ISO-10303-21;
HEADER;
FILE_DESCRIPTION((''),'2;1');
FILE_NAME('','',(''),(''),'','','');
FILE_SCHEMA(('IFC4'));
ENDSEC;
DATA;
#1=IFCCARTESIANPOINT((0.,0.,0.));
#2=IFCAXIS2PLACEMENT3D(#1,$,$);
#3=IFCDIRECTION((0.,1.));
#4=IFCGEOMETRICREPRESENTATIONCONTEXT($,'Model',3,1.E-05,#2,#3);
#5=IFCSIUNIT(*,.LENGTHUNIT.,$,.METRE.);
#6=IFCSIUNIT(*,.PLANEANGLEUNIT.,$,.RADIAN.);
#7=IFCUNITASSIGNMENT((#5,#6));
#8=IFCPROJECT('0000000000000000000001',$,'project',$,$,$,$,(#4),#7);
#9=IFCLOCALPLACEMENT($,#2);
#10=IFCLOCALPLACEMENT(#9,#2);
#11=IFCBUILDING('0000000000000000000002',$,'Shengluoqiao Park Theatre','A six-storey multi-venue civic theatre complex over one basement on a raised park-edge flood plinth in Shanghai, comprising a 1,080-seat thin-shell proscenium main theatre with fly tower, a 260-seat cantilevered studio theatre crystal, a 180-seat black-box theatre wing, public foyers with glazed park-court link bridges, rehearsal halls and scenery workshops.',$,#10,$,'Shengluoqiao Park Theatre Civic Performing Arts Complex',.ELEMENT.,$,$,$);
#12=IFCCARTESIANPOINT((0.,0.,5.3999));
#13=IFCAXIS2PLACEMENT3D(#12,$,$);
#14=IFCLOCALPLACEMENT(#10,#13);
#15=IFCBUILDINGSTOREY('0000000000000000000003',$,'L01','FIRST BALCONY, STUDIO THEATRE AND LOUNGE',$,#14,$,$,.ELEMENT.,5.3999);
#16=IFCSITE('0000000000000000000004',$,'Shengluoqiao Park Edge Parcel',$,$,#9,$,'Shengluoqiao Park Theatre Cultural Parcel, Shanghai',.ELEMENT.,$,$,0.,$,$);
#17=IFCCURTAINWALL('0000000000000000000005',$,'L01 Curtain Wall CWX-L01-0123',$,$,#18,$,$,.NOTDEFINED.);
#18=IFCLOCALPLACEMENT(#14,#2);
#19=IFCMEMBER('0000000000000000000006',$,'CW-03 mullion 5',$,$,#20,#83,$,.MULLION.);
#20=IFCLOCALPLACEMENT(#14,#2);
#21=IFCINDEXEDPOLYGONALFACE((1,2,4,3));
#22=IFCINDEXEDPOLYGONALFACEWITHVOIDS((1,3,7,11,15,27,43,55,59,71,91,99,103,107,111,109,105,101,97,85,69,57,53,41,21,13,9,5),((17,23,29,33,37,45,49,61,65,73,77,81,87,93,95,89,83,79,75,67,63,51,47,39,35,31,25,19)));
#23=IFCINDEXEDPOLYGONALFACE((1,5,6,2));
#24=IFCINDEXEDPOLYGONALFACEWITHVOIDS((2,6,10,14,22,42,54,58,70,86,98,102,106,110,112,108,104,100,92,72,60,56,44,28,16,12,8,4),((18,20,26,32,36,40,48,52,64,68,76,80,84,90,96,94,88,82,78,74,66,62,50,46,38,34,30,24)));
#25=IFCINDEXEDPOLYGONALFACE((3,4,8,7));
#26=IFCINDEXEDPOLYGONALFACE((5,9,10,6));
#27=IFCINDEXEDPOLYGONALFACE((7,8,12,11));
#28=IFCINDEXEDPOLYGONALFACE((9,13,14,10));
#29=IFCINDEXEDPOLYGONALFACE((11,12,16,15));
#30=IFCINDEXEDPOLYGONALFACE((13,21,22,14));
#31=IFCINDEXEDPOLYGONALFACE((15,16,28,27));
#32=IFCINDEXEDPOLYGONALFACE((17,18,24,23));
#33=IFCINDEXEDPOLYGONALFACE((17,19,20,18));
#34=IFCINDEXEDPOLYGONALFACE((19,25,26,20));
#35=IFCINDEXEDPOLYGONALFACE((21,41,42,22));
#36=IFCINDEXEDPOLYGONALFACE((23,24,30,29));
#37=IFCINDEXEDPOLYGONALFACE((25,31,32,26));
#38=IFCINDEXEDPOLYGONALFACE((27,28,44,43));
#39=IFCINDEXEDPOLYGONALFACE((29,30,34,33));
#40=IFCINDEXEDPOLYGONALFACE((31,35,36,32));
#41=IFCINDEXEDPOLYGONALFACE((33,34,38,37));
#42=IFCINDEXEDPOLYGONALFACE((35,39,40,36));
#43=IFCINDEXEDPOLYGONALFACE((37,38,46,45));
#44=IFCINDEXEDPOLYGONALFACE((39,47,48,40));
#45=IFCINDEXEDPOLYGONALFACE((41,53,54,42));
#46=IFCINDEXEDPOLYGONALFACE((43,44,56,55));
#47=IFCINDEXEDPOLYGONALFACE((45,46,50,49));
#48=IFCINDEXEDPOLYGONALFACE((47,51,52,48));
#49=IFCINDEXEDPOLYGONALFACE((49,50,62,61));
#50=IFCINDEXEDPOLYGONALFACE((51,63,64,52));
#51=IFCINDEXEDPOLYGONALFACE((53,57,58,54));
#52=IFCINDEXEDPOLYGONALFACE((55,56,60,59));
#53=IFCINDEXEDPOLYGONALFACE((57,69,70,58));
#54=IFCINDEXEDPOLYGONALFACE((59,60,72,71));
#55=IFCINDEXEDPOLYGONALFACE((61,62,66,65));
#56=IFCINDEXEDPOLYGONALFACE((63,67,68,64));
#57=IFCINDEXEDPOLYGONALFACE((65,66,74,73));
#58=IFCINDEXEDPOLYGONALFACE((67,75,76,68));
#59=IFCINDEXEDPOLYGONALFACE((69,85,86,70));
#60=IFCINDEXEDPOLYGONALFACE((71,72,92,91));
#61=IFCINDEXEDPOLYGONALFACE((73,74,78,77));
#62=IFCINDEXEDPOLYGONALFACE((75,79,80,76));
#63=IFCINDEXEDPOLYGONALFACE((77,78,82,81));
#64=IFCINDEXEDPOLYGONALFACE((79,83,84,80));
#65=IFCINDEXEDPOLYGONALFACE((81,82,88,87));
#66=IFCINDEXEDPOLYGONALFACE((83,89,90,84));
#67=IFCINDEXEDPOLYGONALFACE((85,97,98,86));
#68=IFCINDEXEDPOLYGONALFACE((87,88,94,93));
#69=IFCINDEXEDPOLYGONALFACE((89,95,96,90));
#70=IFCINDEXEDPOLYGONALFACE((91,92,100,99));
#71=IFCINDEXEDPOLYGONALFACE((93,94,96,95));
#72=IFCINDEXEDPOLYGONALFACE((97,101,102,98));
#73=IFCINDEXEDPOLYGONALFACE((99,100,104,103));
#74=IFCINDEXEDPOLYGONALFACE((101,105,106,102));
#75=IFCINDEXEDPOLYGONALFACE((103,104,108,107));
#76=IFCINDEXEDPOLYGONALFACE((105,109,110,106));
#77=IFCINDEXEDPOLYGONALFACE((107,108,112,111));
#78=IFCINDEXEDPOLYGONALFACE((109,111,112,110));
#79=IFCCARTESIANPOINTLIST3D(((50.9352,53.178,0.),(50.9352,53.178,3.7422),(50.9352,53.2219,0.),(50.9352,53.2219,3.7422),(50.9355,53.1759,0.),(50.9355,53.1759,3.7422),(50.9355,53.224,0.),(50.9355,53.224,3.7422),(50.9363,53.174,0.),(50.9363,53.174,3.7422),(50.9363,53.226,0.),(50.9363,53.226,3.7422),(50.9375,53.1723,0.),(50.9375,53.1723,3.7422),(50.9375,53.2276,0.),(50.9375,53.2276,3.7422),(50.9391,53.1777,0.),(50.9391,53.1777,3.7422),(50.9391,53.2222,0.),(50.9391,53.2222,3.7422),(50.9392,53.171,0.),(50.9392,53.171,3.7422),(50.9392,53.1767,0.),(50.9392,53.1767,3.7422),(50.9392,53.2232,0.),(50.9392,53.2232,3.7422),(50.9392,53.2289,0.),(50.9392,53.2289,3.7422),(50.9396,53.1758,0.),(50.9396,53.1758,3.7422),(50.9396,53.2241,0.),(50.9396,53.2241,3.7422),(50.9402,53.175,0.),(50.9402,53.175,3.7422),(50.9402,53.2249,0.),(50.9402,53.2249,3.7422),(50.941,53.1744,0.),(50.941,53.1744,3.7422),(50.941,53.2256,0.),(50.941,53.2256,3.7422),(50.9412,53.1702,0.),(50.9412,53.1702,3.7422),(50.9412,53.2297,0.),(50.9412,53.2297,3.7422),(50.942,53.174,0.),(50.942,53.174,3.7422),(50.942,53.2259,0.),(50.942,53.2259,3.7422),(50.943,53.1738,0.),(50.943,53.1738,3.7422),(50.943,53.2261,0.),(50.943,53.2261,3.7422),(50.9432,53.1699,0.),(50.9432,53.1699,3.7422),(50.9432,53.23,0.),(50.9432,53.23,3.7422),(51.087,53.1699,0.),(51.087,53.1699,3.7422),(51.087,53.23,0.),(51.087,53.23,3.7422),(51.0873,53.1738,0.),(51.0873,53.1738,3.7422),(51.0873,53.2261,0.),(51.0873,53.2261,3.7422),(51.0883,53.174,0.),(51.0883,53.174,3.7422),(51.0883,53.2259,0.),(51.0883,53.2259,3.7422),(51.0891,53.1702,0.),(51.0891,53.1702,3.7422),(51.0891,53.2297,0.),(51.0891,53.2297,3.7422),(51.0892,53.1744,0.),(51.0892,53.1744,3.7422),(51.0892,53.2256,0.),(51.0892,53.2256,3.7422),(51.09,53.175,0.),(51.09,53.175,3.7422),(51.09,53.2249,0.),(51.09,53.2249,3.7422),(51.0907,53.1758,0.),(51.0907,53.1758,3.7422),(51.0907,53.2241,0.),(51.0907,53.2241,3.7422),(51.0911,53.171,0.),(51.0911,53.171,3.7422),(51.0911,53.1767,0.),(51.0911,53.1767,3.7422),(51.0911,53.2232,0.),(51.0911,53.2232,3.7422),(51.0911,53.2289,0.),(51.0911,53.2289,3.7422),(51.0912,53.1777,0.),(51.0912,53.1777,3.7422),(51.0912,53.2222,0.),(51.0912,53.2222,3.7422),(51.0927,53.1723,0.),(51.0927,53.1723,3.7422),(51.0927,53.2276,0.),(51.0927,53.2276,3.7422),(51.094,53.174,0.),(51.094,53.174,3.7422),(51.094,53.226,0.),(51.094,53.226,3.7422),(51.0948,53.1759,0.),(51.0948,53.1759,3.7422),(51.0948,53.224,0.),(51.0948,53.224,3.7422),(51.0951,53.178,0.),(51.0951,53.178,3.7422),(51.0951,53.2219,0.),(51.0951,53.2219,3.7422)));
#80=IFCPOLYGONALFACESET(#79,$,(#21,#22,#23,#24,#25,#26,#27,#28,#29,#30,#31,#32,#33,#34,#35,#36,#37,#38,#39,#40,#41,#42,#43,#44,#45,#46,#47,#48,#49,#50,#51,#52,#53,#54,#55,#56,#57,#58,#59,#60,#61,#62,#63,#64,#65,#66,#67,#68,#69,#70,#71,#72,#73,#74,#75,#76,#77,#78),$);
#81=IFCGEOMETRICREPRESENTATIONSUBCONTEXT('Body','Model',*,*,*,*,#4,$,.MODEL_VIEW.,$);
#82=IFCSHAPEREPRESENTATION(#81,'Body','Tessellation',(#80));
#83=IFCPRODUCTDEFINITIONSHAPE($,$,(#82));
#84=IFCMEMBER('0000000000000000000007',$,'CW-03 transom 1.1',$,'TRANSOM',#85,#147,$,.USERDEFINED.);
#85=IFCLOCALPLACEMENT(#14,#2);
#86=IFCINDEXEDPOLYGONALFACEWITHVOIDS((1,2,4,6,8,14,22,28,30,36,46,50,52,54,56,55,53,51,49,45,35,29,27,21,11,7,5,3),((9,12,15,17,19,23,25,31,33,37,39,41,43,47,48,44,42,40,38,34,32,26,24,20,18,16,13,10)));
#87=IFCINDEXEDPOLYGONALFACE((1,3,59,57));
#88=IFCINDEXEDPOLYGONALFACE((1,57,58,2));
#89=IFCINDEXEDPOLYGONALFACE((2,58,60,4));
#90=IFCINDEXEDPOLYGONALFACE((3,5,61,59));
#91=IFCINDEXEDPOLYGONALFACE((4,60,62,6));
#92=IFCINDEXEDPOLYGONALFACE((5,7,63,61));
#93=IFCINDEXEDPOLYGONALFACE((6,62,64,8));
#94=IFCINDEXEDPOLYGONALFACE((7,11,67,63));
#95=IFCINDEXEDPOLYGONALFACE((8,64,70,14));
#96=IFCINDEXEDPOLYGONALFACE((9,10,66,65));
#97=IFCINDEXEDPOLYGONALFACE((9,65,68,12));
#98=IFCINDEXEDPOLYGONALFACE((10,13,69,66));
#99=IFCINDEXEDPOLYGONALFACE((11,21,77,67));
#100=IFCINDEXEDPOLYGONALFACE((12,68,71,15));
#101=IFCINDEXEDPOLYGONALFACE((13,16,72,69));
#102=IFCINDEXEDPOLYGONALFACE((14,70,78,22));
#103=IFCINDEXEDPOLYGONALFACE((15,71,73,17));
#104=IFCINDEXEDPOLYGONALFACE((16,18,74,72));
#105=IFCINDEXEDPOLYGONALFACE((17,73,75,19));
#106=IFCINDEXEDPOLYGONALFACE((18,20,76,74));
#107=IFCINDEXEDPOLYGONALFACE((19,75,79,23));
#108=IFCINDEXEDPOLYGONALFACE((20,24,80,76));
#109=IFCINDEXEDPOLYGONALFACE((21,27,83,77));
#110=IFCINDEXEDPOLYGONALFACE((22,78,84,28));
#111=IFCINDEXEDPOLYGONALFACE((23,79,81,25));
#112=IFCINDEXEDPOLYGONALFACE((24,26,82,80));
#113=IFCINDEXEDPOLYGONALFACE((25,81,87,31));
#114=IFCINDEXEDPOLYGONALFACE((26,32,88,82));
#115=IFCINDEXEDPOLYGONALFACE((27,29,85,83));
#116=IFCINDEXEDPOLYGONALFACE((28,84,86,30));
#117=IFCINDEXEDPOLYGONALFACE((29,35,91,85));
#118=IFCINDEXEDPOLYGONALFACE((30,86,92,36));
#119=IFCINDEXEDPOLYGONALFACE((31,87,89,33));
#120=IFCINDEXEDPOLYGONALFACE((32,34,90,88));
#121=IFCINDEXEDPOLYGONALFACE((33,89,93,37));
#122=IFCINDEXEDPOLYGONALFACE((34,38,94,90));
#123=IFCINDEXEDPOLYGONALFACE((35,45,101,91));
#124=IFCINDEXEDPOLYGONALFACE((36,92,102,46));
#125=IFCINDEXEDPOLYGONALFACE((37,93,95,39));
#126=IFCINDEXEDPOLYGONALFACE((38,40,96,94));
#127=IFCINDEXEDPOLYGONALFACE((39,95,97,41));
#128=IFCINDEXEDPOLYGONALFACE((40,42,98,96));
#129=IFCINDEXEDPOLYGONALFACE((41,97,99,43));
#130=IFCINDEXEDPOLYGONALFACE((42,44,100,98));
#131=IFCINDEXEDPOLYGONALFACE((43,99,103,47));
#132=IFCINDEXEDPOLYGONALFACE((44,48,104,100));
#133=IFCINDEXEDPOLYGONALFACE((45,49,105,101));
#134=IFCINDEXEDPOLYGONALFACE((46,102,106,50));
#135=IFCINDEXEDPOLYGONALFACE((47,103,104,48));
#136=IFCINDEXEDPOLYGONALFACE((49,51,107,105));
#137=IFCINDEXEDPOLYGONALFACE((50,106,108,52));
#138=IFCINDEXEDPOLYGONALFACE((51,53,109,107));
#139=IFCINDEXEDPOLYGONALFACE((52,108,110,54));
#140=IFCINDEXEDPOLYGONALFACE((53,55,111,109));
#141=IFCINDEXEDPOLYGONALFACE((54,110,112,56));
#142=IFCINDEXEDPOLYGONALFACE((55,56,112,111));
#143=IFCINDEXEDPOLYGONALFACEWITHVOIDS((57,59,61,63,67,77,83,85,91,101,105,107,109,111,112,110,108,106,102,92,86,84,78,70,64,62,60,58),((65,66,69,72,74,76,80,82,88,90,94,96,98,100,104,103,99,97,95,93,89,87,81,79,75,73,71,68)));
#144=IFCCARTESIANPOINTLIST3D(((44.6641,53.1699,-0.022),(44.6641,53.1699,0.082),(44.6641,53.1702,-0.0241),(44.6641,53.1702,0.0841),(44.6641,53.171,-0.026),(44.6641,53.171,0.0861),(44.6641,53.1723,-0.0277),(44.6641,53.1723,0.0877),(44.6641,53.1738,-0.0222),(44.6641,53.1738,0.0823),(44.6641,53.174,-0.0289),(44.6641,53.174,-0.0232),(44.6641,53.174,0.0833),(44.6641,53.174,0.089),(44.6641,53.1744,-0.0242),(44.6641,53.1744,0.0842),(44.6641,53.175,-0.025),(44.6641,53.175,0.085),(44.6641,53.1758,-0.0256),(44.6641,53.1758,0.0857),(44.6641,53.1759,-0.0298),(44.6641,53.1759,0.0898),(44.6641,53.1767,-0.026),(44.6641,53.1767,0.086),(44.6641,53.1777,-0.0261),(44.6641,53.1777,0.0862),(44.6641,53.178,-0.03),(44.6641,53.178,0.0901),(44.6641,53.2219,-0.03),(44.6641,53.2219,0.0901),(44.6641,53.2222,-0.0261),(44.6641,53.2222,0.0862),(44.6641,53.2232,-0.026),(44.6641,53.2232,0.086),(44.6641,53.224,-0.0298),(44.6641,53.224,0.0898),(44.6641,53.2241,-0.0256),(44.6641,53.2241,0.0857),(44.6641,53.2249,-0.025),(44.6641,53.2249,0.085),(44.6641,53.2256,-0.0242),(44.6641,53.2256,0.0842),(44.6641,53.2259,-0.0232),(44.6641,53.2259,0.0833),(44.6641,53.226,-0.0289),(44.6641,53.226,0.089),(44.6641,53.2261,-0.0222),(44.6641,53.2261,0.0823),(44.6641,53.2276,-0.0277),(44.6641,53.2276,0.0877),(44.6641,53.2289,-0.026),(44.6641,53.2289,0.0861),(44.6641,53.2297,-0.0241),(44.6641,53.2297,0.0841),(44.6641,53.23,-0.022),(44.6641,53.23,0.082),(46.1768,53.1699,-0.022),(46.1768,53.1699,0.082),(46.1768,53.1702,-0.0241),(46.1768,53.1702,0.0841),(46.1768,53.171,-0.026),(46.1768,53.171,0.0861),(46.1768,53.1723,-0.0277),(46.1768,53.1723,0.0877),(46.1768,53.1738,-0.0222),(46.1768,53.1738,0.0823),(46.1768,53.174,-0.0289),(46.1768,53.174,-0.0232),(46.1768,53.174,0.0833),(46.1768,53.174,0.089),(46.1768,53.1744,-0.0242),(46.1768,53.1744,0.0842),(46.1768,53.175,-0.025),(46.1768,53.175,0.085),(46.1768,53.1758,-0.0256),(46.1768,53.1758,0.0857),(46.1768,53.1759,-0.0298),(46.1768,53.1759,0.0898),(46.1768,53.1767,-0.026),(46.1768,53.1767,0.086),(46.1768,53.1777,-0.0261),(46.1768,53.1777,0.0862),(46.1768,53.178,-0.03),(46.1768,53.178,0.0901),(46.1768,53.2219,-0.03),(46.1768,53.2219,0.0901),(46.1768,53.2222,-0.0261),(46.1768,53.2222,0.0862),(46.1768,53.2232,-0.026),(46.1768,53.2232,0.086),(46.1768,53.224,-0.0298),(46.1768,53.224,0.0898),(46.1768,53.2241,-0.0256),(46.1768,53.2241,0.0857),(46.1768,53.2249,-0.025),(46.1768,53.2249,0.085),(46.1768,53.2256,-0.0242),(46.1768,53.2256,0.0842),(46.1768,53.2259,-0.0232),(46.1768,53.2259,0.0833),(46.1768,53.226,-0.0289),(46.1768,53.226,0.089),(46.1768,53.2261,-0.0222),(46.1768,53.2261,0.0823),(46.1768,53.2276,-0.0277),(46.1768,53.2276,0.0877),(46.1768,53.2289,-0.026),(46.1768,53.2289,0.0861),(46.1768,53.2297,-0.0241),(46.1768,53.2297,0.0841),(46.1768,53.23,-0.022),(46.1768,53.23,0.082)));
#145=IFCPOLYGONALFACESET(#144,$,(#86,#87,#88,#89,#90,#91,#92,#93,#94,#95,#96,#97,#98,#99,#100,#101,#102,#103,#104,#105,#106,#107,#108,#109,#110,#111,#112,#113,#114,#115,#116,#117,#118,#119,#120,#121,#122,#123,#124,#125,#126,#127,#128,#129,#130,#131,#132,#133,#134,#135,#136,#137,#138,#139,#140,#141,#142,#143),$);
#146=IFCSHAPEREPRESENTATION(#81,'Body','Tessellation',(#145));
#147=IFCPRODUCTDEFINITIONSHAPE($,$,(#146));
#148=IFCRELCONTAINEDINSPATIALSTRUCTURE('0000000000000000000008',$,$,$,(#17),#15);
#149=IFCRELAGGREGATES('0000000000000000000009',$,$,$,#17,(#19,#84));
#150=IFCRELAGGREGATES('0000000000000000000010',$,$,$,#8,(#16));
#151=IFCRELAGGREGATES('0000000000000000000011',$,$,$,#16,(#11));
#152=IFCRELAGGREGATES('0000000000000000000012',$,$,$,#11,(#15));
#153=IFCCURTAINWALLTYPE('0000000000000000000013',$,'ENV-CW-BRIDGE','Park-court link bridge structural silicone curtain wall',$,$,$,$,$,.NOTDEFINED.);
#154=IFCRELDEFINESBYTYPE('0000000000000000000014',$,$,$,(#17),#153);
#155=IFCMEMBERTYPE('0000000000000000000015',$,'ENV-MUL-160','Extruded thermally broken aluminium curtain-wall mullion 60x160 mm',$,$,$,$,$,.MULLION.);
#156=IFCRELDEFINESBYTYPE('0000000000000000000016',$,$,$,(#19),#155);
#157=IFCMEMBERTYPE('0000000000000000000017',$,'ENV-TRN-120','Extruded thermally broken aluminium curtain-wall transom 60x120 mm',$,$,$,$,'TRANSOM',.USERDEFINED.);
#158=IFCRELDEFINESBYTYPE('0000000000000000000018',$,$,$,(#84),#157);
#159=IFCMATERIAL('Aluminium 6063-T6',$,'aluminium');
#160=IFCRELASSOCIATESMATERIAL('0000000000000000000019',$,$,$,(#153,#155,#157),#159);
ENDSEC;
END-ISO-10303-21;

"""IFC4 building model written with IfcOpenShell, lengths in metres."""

from ifc_helpers import new_model, si_unit, direction, frame, origin, origin_2d, place, context, subcontext, project, spatial, hollow_rectangle, extrude, material, material_profile, profile_set, type_object, element, aggregate, save


model = new_model("IFC4")

# Units and contexts
model_context = context("Model", 3, precision=1e-05, world=origin(), true_north=direction((0.0, 1.0)))
body_context = subcontext(model_context, "Body", "Model", "MODEL_VIEW")
ifc_project = project(units=[si_unit("LENGTHUNIT", "METRE"), si_unit("PLANEANGLEUNIT", "RADIAN")], contexts=[model_context])

# Site, building, storey
site_placement = place(None, origin())
site = spatial("IfcSite", under=ifc_project, at=site_placement, Name="Shengluoqiao Park Edge Parcel", LongName="Shengluoqiao Park Theatre Cultural Parcel, Shanghai", CompositionType="ELEMENT", RefElevation=0.0)
building_placement = place(site_placement, origin())
building = spatial("IfcBuilding", under=site, at=building_placement, Name="Shengluoqiao Park Theatre", Description="A six-storey multi-venue civic theatre complex over one basement on a raised park-edge flood plinth in Shanghai, comprising a 1,080-seat thin-shell proscenium main theatre with fly tower, a 260-seat cantilevered studio theatre crystal, a 180-seat black-box theatre wing, public foyers with glazed park-court link bridges, rehearsal halls and scenery workshops.", LongName="Shengluoqiao Park Theatre Civic Performing Arts Complex", CompositionType="ELEMENT")
storey_placement = place(building_placement, frame((0.0, 0.0, 5.3999)))
storey = spatial("IfcBuildingStorey", under=building, at=storey_placement, Name="L01", Description="FIRST BALCONY, STUDIO THEATRE AND LOUNGE", CompositionType="ELEMENT", Elevation=5.3999)

# Curtain wall, members
ifc_material_1 = material(Name="Aluminium 6063-T6", Category="aluminium")
curtain_wall_type = type_object("IfcCurtainWallType", Name="ENV-CW-BRIDGE", Description="Park-court link bridge structural silicone curtain wall", PredefinedType="NOTDEFINED", material=ifc_material_1)
curtain_wall_placement = place(storey_placement, origin())
curtain_wall = element("IfcCurtainWall", 1, at=curtain_wall_placement, inside=storey, type_object=curtain_wall_type, Name="L01 Curtain Wall CWX-L01-0123", PredefinedType="NOTDEFINED")
ifc_material_profile_1 = material_profile(ifc_material_1, hollow_rectangle(XDim=0.0601, YDim=0.1599, WallThickness=0.0039, InnerFilletRadius=0.0039, OuterFilletRadius=0.0081, at=origin_2d()), Name="ALU MULLION 160x60x4")
ifc_profile_set_1 = profile_set([ifc_material_profile_1], Name="Aluminium 6063-T6")
member_type_1 = type_object("IfcMemberType", Name="ENV-MUL-160", Description="Extruded thermally broken aluminium curtain-wall mullion 60x160 mm", PredefinedType="MULLION", material=ifc_profile_set_1)
member_1_placement = place(storey_placement, frame((51.0151, 53.2, 0.0), z_axis=(0.0, 0.0, 1.0), x_axis=(0.0, 1.0, 0.0)))
member_1 = element("IfcMember", 2, at=member_1_placement, type_object=member_type_1, Name="CW-03 mullion 5", PredefinedType="MULLION", context=body_context, shape_type="SweptSolid", body=[
    extrude(hollow_rectangle(XDim=0.0601, YDim=0.1599, WallThickness=0.0039, InnerFilletRadius=0.0039, OuterFilletRadius=0.0081, at=origin_2d()), origin(), (0.0, 0.0, 1.0), 3.7422),
])
ifc_material_profile_2 = material_profile(ifc_material_1, hollow_rectangle(XDim=0.0601, YDim=0.1201, WallThickness=0.0039, InnerFilletRadius=0.0039, OuterFilletRadius=0.0081, at=origin_2d()), Name="ALU TRANSOM 120x60x4")
ifc_profile_set_2 = profile_set([ifc_material_profile_2], Name="Aluminium 6063-T6")
member_type_2 = type_object("IfcMemberType", Name="ENV-TRN-120", Description="Extruded thermally broken aluminium curtain-wall transom 60x120 mm", ElementType="TRANSOM", PredefinedType="USERDEFINED", material=ifc_profile_set_2)
member_2_placement = place(storey_placement, frame((44.6641, 53.2, 0.03), z_axis=(1.0, 0.0, 0.0), x_axis=(0.0, 1.0, 0.0)))
member_2 = element("IfcMember", 3, at=member_2_placement, type_object=member_type_2, Name="CW-03 transom 1.1", ObjectType="TRANSOM", PredefinedType="USERDEFINED", context=body_context, shape_type="SweptSolid", body=[
    extrude(hollow_rectangle(XDim=0.0601, YDim=0.1201, WallThickness=0.0039, InnerFilletRadius=0.0039, OuterFilletRadius=0.0081, at=origin_2d()), origin(), (0.0, 0.0, 1.0), 1.5127),
])

aggregate(curtain_wall, [member_1, member_2])

save(model, "model.ifc")
